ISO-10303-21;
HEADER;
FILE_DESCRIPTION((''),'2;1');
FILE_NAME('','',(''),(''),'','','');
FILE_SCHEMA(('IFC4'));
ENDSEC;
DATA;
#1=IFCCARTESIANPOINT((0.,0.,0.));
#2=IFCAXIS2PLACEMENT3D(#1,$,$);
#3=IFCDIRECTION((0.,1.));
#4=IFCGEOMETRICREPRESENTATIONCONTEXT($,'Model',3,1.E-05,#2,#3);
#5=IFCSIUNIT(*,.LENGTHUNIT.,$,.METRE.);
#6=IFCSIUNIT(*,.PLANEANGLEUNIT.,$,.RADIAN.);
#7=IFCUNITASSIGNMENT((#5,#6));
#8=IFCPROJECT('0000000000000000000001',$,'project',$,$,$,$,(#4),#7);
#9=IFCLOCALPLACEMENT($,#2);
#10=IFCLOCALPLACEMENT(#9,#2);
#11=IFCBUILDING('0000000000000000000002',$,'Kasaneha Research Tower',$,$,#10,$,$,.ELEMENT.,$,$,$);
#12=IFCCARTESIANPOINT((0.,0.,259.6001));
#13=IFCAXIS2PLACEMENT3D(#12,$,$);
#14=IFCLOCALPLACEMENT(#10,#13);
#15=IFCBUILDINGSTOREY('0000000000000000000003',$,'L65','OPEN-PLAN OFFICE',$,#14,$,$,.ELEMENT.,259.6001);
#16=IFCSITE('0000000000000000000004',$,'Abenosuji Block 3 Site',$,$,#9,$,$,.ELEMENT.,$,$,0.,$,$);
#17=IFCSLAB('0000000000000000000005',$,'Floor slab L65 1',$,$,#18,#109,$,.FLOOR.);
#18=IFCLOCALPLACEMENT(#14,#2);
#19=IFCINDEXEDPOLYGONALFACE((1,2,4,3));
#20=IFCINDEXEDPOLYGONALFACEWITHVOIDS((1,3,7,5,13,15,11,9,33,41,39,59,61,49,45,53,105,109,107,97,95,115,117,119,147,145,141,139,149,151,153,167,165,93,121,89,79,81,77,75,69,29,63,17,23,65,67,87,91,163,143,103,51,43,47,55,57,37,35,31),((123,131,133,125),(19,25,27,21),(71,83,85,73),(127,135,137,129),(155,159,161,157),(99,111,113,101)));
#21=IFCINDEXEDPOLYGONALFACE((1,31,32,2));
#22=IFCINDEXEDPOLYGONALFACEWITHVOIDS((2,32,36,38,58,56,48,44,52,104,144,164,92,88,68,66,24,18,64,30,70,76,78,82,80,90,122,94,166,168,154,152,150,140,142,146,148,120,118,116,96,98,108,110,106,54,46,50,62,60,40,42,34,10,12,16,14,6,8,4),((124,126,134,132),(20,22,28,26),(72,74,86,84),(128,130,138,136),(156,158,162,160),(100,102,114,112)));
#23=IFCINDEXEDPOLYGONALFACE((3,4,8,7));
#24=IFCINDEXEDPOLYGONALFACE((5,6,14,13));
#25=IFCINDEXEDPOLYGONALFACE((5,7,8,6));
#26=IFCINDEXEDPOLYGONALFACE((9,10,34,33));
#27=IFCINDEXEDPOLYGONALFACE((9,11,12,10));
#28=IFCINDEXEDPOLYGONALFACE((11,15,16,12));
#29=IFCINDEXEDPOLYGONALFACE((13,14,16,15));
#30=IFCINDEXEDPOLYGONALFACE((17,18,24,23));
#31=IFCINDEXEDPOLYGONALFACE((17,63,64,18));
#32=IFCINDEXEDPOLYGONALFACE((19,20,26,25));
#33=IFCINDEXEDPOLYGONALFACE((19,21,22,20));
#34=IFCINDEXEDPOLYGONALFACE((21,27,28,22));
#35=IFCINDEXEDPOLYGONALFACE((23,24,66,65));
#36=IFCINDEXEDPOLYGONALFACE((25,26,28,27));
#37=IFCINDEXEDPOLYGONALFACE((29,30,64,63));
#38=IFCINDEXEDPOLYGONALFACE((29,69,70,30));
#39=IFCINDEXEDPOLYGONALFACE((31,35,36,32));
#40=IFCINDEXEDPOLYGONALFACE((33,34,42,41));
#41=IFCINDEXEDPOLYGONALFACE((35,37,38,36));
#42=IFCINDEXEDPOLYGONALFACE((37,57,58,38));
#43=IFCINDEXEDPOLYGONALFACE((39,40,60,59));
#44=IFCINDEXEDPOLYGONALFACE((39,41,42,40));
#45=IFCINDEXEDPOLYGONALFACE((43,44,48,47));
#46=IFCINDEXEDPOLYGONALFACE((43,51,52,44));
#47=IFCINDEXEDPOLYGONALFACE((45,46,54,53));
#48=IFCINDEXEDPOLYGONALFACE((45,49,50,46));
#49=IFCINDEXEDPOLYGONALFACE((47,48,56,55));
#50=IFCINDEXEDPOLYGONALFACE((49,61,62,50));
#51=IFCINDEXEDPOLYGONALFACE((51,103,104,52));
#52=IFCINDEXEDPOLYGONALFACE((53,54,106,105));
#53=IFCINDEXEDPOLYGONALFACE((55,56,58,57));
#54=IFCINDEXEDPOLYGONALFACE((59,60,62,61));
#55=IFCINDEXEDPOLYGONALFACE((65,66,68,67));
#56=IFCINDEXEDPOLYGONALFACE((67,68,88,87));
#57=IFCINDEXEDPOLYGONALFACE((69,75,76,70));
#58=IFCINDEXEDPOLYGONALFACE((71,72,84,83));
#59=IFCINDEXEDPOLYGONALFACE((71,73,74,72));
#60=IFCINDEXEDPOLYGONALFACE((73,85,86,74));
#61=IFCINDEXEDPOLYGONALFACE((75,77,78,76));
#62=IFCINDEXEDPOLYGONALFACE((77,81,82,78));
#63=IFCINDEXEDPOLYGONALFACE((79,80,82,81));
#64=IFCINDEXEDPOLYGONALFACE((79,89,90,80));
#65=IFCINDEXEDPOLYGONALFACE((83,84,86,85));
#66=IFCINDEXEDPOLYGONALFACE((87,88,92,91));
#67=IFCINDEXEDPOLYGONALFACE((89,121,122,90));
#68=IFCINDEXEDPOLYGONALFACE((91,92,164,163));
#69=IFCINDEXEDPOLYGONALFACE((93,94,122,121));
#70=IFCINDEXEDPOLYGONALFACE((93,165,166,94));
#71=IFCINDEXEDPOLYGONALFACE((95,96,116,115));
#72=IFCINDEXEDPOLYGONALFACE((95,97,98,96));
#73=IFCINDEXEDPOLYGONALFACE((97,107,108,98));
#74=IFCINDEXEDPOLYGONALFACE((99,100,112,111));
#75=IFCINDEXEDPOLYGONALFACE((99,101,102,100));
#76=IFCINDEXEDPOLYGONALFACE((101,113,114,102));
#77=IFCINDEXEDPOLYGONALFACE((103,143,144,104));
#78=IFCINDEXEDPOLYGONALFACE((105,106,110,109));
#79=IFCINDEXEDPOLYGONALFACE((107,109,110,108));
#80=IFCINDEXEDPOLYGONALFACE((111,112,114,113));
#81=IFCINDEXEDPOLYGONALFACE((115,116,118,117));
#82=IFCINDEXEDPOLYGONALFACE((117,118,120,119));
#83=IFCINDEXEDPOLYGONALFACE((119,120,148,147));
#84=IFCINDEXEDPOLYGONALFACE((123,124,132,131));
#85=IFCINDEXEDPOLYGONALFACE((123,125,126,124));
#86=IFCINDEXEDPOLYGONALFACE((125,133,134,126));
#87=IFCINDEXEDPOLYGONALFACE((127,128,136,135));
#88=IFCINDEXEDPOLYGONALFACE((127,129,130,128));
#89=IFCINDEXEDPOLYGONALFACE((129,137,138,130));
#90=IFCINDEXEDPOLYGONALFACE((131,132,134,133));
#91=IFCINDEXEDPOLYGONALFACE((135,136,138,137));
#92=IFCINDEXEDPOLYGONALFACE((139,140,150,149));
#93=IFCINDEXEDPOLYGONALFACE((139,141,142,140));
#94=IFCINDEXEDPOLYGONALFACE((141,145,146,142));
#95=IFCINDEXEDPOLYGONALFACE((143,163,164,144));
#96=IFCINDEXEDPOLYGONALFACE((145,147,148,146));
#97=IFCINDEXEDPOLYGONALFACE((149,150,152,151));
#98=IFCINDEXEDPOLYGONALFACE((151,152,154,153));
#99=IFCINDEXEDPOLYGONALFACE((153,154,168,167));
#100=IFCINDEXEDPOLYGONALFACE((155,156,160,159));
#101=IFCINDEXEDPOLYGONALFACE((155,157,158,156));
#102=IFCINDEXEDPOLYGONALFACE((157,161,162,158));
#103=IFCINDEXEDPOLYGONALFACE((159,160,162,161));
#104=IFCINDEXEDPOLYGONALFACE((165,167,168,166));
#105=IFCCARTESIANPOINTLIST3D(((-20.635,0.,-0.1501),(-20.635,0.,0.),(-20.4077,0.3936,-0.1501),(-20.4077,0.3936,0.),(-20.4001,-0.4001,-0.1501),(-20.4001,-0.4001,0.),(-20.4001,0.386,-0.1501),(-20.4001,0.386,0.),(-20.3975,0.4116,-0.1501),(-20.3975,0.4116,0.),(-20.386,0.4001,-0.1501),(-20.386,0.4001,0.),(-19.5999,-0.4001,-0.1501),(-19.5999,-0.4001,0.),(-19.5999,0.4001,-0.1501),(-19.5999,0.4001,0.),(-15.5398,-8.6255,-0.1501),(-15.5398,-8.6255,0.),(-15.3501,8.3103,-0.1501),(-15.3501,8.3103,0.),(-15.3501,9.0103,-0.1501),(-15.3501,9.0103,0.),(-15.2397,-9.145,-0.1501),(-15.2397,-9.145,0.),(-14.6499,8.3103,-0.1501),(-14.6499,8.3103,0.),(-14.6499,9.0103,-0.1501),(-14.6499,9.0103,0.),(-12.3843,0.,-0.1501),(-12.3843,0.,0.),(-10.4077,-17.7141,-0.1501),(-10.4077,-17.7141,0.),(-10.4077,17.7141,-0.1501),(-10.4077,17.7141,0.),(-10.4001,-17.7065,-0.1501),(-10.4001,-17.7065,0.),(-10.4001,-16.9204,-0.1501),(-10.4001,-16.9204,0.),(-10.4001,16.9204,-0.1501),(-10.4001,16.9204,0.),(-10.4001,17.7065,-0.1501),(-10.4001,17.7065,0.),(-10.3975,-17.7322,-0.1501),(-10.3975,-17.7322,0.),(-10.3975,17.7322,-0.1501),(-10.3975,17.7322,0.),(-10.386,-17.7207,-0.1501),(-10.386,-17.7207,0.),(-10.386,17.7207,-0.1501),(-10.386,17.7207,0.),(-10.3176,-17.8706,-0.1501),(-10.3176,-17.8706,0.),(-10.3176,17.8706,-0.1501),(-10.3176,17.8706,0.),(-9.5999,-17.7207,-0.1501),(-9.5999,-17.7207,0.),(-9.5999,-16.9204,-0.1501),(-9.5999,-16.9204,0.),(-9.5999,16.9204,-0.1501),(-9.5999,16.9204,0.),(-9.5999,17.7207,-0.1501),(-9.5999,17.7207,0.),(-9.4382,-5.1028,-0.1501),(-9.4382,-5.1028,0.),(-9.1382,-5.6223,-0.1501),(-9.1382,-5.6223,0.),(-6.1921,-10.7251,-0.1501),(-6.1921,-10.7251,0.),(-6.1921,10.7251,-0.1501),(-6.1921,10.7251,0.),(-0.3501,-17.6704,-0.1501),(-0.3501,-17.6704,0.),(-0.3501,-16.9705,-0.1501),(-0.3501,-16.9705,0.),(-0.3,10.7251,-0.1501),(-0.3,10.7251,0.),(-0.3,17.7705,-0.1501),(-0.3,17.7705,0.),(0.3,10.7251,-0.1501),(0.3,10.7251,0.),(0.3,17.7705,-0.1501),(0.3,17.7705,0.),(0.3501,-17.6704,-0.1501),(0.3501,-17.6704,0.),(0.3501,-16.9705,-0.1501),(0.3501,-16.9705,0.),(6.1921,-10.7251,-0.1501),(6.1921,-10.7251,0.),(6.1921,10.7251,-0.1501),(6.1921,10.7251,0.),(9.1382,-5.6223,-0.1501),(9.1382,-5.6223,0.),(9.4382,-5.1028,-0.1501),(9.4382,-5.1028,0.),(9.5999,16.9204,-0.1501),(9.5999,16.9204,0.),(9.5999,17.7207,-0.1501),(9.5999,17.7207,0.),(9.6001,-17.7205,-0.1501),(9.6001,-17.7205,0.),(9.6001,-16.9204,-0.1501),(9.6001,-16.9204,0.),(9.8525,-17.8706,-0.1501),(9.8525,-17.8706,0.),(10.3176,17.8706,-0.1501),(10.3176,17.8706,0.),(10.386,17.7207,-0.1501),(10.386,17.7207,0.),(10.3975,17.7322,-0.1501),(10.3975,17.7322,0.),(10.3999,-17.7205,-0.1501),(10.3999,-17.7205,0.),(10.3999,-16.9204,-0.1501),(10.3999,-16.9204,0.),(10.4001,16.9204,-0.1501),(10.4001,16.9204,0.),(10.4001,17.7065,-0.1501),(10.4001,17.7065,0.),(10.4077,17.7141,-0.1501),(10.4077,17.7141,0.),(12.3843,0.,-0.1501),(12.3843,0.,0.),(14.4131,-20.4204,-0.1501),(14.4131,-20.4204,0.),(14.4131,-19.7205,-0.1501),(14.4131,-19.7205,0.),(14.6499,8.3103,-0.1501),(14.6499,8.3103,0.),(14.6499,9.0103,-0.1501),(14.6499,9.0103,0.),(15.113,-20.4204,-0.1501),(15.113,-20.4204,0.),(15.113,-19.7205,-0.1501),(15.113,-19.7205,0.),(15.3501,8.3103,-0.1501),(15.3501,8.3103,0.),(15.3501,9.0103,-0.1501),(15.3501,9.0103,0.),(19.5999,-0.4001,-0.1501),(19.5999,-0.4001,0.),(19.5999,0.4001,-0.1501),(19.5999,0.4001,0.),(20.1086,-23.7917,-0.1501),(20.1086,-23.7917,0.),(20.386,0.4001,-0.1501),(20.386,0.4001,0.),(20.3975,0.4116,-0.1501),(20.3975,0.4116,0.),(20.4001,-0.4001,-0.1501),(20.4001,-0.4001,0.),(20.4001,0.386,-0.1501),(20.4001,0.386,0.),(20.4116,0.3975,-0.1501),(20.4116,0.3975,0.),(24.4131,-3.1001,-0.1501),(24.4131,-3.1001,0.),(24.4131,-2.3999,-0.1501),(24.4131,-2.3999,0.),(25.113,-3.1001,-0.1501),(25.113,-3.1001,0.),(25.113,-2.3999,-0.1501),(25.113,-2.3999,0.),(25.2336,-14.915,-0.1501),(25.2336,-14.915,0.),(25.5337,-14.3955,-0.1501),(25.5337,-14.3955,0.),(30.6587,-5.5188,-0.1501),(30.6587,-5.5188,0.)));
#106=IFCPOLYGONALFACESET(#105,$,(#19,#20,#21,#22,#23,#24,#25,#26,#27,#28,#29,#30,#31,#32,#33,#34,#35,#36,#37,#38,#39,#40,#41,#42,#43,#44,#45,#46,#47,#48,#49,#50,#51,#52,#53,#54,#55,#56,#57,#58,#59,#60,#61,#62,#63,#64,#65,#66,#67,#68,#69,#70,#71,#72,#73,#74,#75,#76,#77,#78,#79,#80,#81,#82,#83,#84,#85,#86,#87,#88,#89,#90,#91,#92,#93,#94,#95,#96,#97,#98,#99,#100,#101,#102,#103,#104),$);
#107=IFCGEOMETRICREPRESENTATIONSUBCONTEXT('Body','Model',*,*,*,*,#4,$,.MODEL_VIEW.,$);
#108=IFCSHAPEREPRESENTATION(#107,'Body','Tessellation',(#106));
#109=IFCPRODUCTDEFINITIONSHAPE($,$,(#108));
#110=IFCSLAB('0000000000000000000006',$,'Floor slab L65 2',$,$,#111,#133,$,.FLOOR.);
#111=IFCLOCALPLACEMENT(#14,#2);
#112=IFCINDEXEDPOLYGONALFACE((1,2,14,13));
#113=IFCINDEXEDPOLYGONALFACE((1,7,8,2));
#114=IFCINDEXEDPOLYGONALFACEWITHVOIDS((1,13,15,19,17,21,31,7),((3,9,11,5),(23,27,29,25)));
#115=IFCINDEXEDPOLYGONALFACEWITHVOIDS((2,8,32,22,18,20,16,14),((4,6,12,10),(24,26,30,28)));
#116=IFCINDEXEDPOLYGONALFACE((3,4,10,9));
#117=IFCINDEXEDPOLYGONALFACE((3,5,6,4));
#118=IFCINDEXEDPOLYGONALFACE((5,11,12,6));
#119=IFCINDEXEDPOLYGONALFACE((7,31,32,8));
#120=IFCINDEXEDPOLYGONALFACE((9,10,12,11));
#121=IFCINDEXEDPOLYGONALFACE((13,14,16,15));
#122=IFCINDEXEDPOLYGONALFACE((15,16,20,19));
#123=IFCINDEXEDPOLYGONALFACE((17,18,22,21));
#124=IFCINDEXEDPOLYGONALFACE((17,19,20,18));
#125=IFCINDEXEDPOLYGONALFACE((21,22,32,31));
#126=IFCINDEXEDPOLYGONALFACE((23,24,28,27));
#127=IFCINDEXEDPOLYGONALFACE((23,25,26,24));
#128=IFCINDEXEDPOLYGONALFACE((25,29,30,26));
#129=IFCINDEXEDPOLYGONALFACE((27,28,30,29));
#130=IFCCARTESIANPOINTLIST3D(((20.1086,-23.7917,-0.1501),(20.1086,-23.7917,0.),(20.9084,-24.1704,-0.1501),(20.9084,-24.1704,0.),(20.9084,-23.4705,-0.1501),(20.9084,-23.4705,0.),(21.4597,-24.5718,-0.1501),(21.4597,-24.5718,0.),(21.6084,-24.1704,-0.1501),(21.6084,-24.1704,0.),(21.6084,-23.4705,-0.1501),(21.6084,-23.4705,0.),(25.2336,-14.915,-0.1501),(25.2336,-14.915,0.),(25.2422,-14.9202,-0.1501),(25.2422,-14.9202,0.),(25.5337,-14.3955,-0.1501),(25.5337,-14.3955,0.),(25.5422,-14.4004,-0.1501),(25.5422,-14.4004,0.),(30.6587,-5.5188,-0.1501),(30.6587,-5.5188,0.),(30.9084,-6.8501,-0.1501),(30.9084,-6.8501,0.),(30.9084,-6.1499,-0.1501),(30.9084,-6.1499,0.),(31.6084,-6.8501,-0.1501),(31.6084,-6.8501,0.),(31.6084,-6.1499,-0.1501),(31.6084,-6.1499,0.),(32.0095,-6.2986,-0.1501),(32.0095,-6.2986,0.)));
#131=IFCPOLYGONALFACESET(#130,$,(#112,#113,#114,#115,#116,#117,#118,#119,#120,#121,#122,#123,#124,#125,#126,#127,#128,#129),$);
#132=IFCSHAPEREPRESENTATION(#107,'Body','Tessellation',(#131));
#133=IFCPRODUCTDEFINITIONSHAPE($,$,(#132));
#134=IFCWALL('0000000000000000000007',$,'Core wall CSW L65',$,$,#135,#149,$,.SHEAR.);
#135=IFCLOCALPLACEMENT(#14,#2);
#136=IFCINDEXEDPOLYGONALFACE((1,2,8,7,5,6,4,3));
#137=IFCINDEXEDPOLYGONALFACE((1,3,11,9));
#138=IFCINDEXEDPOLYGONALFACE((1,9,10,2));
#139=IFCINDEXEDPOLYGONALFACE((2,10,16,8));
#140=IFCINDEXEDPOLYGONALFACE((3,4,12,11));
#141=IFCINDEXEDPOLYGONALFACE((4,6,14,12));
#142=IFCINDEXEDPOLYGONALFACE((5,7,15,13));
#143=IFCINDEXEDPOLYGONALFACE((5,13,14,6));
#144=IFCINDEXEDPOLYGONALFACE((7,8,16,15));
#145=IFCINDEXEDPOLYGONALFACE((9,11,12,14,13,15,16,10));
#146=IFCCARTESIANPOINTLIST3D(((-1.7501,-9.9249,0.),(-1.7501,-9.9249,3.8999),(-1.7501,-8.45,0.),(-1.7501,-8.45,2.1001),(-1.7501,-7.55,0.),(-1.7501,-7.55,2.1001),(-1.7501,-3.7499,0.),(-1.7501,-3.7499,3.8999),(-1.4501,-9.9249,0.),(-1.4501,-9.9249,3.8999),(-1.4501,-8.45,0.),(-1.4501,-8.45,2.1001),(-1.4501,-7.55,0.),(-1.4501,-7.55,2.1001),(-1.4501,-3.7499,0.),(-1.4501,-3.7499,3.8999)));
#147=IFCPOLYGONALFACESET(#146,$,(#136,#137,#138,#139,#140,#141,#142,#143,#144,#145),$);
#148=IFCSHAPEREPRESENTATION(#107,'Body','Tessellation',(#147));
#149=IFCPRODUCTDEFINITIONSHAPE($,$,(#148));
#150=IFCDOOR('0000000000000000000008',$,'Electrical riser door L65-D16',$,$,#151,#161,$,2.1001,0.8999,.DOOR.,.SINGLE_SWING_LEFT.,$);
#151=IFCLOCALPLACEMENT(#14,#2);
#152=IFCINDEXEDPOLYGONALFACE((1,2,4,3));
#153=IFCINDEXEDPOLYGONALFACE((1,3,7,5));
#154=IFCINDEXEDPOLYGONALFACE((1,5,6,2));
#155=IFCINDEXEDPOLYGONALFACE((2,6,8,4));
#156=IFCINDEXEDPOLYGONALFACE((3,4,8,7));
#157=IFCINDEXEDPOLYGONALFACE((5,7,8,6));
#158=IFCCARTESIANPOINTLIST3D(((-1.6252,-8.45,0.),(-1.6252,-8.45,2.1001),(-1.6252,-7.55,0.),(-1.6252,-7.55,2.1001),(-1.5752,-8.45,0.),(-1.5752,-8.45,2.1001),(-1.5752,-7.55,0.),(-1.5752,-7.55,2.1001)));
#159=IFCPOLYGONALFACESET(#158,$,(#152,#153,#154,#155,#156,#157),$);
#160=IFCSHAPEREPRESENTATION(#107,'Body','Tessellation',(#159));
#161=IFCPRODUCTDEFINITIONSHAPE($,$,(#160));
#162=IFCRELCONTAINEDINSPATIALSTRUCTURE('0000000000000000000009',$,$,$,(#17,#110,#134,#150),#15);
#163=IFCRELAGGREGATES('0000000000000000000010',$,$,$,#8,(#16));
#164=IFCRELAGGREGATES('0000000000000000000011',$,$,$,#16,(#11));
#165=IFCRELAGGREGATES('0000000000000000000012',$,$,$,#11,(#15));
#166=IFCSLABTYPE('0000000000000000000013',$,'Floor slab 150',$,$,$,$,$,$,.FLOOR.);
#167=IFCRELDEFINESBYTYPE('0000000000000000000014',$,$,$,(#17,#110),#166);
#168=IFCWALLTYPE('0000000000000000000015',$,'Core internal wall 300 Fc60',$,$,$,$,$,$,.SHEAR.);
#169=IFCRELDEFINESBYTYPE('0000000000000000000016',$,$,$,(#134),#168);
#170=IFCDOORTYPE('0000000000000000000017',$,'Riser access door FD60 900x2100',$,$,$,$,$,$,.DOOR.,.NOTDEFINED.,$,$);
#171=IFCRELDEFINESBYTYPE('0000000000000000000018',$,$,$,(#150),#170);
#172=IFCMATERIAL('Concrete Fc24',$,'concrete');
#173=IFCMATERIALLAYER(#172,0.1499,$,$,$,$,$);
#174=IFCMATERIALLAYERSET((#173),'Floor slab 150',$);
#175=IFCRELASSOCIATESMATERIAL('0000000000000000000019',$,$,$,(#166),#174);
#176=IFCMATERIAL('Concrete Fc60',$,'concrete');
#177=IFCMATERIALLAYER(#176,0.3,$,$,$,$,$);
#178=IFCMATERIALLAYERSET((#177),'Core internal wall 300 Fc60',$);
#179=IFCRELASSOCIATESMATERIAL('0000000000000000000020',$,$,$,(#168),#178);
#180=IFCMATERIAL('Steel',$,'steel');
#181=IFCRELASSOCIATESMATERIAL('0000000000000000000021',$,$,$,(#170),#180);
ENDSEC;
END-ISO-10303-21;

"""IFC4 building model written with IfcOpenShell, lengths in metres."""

from ifc_helpers import new_model, si_unit, direction, frame, frame_2d, origin, place, context, subcontext, project, spatial, polyline, rectangle, outline, extrude, material, layer, layer_set, type_object, element, fill, save


model = new_model("IFC4")

# Units and contexts
model_context = context("Model", 3, precision=1e-05, world=origin(), true_north=direction((0.0, 1.0)))
body_context = subcontext(model_context, "Body", "Model", "MODEL_VIEW")
ifc_project = project(units=[si_unit("LENGTHUNIT", "METRE"), si_unit("PLANEANGLEUNIT", "RADIAN")], contexts=[model_context])

# Site, building, storey
site_placement = place(None, origin())
site = spatial("IfcSite", under=ifc_project, at=site_placement, Name="Abenosuji Block 3 Site", CompositionType="ELEMENT", RefElevation=0.0)
building_placement = place(site_placement, origin())
building = spatial("IfcBuilding", under=site, at=building_placement, Name="Kasaneha Research Tower", CompositionType="ELEMENT")
storey_placement = place(building_placement, frame((0.0, 0.0, 259.6001)))
storey = spatial("IfcBuildingStorey", under=building, at=storey_placement, Name="L65", Description="OPEN-PLAN OFFICE", CompositionType="ELEMENT", Elevation=259.6001)

# Slabs
ifc_material_1 = material(Name="Concrete Fc24", Category="concrete")
ifc_layer_1 = layer(ifc_material_1, 0.1499)
ifc_layer_set_1 = layer_set([ifc_layer_1], Name="Floor slab 150")
slab_type_1 = type_object("IfcSlabType", Name="Floor slab 150", PredefinedType="FLOOR", material=ifc_layer_set_1)
slab_1_placement = place(storey_placement, frame((0.0, 0.0, -0.1501)))
element("IfcSlab", 1, at=slab_1_placement, inside=storey, type_object=slab_type_1, Name="Floor slab L65 1", PredefinedType="FLOOR", context=body_context, shape_type="SweptSolid", body=[
    extrude(outline(polyline([(-10.3176, -17.8706), (-10.3975, -17.7322), (-10.386, -17.7207), (-9.5999, -17.7207), (-9.5999, -16.9204), (-10.4001, -16.9204), (-10.4001, -17.7065), (-10.4077, -17.7141), (-20.635, 0.0), (-20.4077, 0.3936), (-20.4001, 0.386), (-20.4001, -0.4001), (-19.5999, -0.4001), (-19.5999, 0.4001), (-20.386, 0.4001), (-20.3975, 0.4116), (-10.4077, 17.7141), (-10.4001, 17.7065), (-10.4001, 16.9204), (-9.5999, 16.9204), (-9.5999, 17.7207), (-10.386, 17.7207), (-10.3975, 17.7322), (-10.3176, 17.8706), (10.3176, 17.8706), (10.3975, 17.7322), (10.386, 17.7207), (9.5999, 17.7207), (9.5999, 16.9204), (10.4001, 16.9204), (10.4001, 17.7065), (10.4077, 17.7141), (20.3975, 0.4116), (20.386, 0.4001), (19.5999, 0.4001), (19.5999, -0.4001), (20.4001, -0.4001), (20.4001, 0.386), (20.4116, 0.3975), (30.6587, -5.5188), (25.5337, -14.3955), (9.4382, -5.1028), (12.3843, 0.0), (6.1921, 10.7251), (0.3, 10.7251), (0.3, 17.7705), (-0.3, 17.7705), (-0.3, 10.7251), (-6.1921, 10.7251), (-12.3843, 0.0), (-9.4382, -5.1028), (-15.5398, -8.6255), (-15.2397, -9.145), (-9.1382, -5.6223), (-6.1921, -10.7251), (6.1921, -10.7251), (9.1382, -5.6223), (25.2336, -14.915), (20.1086, -23.7917), (9.8525, -17.8706), (-10.3176, -17.8706)]), holes=[polyline([(-0.3501, -17.6704), (0.3501, -17.6704), (0.3501, -16.9705), (-0.3501, -16.9705), (-0.3501, -17.6704)]), polyline([(-15.3501, 8.3103), (-14.6499, 8.3103), (-14.6499, 9.0103), (-15.3501, 9.0103), (-15.3501, 8.3103)]), polyline([(14.4131, -20.4204), (15.113, -20.4204), (15.113, -19.7205), (14.4131, -19.7205), (14.4131, -20.4204)]), polyline([(9.6001, -17.7205), (10.3999, -17.7205), (10.3999, -16.9204), (9.6001, -16.9204), (9.6001, -17.7205)]), polyline([(24.4131, -3.1001), (25.113, -3.1001), (25.113, -2.3999), (24.4131, -2.3999), (24.4131, -3.1001)]), polyline([(14.6499, 9.0103), (14.6499, 8.3103), (15.3501, 8.3103), (15.3501, 9.0103), (14.6499, 9.0103)])]), origin(), (0.0, 0.0, 1.0), 0.1501),
])
slab_2_placement = place(storey_placement, frame((0.0, 0.0, -0.1501)))
element("IfcSlab", 2, at=slab_2_placement, inside=storey, type_object=slab_type_1, Name="Floor slab L65 2", PredefinedType="FLOOR", context=body_context, shape_type="SweptSolid", body=[
    extrude(outline(polyline([(32.0095, -6.2986), (21.4597, -24.5718), (20.1086, -23.7917), (25.2336, -14.915), (25.2422, -14.9202), (25.5422, -14.4004), (25.5337, -14.3955), (30.6587, -5.5188), (32.0095, -6.2986)]), holes=[polyline([(20.9084, -24.1704), (21.6084, -24.1704), (21.6084, -23.4705), (20.9084, -23.4705), (20.9084, -24.1704)]), polyline([(30.9084, -6.8501), (31.6084, -6.8501), (31.6084, -6.1499), (30.9084, -6.1499), (30.9084, -6.8501)])]), origin(), (0.0, 0.0, 1.0), 0.1501),
])

# Wall, opening, door
ifc_material_2 = material(Name="Concrete Fc60", Category="concrete")
ifc_layer_2 = layer(ifc_material_2, 0.3)
ifc_layer_set_2 = layer_set([ifc_layer_2], Name="Core internal wall 300 Fc60")
wall_type_1 = type_object("IfcWallType", Name="Core internal wall 300 Fc60", PredefinedType="SHEAR", material=ifc_layer_set_2)
wall_1_placement = place(storey_placement, frame((-1.6001, -3.75, 0.0), z_axis=(0.0, 0.0, 1.0), x_axis=(0.0, -1.0, 0.0)))
wall_1 = element("IfcWall", 3, at=wall_1_placement, inside=storey, type_object=wall_type_1, Name="Core wall CSW L65", PredefinedType="SHEAR", context=body_context, shape_type="SweptSolid", body=[
    extrude(rectangle(XDim=6.175, YDim=0.3, at=frame_2d((3.0874, 0.0))), origin(), (0.0, 0.0, 1.0), 3.8999),
])
opening_1_placement = place(wall_1_placement, frame((3.8, 0.0, 0.0)))
opening_1 = element("IfcOpeningElement", 4, at=opening_1_placement, cuts=wall_1, PredefinedType="OPENING", context=body_context, shape_type="SweptSolid", body=[
    extrude(rectangle(XDim=0.8999, YDim=2.1001, at=frame_2d((0.45, 1.05))), frame((0.0, 0.1602, 0.0), z_axis=(0.0, -1.0, 0.0), x_axis=(1.0, 0.0, 0.0)), (0.0, 0.0, 1.0), 0.3201),
])
ifc_material_3 = material(Name="Steel", Category="steel")
door_type_1 = type_object("IfcDoorType", Name="Riser access door FD60 900x2100", OperationType="NOTDEFINED", PredefinedType="DOOR", material=ifc_material_3)
door_1_placement = place(opening_1_placement, origin())
door_1 = element("IfcDoor", 5, at=door_1_placement, inside=storey, type_object=door_type_1, Name="Electrical riser door L65-D16", OperationType="SINGLE_SWING_LEFT", OverallHeight=2.1001, OverallWidth=0.8999, PredefinedType="DOOR", context=body_context, shape_type="SweptSolid", body=[
    extrude(rectangle(XDim=0.8999, YDim=2.1001, at=frame_2d((0.45, 1.05))), frame((0.0, 0.0249, 0.0), z_axis=(0.0, -1.0, 0.0), x_axis=(1.0, 0.0, 0.0)), (0.0, 0.0, 1.0), 0.05),
])
fill(opening_1, door_1)

save(model, "model.ifc")
